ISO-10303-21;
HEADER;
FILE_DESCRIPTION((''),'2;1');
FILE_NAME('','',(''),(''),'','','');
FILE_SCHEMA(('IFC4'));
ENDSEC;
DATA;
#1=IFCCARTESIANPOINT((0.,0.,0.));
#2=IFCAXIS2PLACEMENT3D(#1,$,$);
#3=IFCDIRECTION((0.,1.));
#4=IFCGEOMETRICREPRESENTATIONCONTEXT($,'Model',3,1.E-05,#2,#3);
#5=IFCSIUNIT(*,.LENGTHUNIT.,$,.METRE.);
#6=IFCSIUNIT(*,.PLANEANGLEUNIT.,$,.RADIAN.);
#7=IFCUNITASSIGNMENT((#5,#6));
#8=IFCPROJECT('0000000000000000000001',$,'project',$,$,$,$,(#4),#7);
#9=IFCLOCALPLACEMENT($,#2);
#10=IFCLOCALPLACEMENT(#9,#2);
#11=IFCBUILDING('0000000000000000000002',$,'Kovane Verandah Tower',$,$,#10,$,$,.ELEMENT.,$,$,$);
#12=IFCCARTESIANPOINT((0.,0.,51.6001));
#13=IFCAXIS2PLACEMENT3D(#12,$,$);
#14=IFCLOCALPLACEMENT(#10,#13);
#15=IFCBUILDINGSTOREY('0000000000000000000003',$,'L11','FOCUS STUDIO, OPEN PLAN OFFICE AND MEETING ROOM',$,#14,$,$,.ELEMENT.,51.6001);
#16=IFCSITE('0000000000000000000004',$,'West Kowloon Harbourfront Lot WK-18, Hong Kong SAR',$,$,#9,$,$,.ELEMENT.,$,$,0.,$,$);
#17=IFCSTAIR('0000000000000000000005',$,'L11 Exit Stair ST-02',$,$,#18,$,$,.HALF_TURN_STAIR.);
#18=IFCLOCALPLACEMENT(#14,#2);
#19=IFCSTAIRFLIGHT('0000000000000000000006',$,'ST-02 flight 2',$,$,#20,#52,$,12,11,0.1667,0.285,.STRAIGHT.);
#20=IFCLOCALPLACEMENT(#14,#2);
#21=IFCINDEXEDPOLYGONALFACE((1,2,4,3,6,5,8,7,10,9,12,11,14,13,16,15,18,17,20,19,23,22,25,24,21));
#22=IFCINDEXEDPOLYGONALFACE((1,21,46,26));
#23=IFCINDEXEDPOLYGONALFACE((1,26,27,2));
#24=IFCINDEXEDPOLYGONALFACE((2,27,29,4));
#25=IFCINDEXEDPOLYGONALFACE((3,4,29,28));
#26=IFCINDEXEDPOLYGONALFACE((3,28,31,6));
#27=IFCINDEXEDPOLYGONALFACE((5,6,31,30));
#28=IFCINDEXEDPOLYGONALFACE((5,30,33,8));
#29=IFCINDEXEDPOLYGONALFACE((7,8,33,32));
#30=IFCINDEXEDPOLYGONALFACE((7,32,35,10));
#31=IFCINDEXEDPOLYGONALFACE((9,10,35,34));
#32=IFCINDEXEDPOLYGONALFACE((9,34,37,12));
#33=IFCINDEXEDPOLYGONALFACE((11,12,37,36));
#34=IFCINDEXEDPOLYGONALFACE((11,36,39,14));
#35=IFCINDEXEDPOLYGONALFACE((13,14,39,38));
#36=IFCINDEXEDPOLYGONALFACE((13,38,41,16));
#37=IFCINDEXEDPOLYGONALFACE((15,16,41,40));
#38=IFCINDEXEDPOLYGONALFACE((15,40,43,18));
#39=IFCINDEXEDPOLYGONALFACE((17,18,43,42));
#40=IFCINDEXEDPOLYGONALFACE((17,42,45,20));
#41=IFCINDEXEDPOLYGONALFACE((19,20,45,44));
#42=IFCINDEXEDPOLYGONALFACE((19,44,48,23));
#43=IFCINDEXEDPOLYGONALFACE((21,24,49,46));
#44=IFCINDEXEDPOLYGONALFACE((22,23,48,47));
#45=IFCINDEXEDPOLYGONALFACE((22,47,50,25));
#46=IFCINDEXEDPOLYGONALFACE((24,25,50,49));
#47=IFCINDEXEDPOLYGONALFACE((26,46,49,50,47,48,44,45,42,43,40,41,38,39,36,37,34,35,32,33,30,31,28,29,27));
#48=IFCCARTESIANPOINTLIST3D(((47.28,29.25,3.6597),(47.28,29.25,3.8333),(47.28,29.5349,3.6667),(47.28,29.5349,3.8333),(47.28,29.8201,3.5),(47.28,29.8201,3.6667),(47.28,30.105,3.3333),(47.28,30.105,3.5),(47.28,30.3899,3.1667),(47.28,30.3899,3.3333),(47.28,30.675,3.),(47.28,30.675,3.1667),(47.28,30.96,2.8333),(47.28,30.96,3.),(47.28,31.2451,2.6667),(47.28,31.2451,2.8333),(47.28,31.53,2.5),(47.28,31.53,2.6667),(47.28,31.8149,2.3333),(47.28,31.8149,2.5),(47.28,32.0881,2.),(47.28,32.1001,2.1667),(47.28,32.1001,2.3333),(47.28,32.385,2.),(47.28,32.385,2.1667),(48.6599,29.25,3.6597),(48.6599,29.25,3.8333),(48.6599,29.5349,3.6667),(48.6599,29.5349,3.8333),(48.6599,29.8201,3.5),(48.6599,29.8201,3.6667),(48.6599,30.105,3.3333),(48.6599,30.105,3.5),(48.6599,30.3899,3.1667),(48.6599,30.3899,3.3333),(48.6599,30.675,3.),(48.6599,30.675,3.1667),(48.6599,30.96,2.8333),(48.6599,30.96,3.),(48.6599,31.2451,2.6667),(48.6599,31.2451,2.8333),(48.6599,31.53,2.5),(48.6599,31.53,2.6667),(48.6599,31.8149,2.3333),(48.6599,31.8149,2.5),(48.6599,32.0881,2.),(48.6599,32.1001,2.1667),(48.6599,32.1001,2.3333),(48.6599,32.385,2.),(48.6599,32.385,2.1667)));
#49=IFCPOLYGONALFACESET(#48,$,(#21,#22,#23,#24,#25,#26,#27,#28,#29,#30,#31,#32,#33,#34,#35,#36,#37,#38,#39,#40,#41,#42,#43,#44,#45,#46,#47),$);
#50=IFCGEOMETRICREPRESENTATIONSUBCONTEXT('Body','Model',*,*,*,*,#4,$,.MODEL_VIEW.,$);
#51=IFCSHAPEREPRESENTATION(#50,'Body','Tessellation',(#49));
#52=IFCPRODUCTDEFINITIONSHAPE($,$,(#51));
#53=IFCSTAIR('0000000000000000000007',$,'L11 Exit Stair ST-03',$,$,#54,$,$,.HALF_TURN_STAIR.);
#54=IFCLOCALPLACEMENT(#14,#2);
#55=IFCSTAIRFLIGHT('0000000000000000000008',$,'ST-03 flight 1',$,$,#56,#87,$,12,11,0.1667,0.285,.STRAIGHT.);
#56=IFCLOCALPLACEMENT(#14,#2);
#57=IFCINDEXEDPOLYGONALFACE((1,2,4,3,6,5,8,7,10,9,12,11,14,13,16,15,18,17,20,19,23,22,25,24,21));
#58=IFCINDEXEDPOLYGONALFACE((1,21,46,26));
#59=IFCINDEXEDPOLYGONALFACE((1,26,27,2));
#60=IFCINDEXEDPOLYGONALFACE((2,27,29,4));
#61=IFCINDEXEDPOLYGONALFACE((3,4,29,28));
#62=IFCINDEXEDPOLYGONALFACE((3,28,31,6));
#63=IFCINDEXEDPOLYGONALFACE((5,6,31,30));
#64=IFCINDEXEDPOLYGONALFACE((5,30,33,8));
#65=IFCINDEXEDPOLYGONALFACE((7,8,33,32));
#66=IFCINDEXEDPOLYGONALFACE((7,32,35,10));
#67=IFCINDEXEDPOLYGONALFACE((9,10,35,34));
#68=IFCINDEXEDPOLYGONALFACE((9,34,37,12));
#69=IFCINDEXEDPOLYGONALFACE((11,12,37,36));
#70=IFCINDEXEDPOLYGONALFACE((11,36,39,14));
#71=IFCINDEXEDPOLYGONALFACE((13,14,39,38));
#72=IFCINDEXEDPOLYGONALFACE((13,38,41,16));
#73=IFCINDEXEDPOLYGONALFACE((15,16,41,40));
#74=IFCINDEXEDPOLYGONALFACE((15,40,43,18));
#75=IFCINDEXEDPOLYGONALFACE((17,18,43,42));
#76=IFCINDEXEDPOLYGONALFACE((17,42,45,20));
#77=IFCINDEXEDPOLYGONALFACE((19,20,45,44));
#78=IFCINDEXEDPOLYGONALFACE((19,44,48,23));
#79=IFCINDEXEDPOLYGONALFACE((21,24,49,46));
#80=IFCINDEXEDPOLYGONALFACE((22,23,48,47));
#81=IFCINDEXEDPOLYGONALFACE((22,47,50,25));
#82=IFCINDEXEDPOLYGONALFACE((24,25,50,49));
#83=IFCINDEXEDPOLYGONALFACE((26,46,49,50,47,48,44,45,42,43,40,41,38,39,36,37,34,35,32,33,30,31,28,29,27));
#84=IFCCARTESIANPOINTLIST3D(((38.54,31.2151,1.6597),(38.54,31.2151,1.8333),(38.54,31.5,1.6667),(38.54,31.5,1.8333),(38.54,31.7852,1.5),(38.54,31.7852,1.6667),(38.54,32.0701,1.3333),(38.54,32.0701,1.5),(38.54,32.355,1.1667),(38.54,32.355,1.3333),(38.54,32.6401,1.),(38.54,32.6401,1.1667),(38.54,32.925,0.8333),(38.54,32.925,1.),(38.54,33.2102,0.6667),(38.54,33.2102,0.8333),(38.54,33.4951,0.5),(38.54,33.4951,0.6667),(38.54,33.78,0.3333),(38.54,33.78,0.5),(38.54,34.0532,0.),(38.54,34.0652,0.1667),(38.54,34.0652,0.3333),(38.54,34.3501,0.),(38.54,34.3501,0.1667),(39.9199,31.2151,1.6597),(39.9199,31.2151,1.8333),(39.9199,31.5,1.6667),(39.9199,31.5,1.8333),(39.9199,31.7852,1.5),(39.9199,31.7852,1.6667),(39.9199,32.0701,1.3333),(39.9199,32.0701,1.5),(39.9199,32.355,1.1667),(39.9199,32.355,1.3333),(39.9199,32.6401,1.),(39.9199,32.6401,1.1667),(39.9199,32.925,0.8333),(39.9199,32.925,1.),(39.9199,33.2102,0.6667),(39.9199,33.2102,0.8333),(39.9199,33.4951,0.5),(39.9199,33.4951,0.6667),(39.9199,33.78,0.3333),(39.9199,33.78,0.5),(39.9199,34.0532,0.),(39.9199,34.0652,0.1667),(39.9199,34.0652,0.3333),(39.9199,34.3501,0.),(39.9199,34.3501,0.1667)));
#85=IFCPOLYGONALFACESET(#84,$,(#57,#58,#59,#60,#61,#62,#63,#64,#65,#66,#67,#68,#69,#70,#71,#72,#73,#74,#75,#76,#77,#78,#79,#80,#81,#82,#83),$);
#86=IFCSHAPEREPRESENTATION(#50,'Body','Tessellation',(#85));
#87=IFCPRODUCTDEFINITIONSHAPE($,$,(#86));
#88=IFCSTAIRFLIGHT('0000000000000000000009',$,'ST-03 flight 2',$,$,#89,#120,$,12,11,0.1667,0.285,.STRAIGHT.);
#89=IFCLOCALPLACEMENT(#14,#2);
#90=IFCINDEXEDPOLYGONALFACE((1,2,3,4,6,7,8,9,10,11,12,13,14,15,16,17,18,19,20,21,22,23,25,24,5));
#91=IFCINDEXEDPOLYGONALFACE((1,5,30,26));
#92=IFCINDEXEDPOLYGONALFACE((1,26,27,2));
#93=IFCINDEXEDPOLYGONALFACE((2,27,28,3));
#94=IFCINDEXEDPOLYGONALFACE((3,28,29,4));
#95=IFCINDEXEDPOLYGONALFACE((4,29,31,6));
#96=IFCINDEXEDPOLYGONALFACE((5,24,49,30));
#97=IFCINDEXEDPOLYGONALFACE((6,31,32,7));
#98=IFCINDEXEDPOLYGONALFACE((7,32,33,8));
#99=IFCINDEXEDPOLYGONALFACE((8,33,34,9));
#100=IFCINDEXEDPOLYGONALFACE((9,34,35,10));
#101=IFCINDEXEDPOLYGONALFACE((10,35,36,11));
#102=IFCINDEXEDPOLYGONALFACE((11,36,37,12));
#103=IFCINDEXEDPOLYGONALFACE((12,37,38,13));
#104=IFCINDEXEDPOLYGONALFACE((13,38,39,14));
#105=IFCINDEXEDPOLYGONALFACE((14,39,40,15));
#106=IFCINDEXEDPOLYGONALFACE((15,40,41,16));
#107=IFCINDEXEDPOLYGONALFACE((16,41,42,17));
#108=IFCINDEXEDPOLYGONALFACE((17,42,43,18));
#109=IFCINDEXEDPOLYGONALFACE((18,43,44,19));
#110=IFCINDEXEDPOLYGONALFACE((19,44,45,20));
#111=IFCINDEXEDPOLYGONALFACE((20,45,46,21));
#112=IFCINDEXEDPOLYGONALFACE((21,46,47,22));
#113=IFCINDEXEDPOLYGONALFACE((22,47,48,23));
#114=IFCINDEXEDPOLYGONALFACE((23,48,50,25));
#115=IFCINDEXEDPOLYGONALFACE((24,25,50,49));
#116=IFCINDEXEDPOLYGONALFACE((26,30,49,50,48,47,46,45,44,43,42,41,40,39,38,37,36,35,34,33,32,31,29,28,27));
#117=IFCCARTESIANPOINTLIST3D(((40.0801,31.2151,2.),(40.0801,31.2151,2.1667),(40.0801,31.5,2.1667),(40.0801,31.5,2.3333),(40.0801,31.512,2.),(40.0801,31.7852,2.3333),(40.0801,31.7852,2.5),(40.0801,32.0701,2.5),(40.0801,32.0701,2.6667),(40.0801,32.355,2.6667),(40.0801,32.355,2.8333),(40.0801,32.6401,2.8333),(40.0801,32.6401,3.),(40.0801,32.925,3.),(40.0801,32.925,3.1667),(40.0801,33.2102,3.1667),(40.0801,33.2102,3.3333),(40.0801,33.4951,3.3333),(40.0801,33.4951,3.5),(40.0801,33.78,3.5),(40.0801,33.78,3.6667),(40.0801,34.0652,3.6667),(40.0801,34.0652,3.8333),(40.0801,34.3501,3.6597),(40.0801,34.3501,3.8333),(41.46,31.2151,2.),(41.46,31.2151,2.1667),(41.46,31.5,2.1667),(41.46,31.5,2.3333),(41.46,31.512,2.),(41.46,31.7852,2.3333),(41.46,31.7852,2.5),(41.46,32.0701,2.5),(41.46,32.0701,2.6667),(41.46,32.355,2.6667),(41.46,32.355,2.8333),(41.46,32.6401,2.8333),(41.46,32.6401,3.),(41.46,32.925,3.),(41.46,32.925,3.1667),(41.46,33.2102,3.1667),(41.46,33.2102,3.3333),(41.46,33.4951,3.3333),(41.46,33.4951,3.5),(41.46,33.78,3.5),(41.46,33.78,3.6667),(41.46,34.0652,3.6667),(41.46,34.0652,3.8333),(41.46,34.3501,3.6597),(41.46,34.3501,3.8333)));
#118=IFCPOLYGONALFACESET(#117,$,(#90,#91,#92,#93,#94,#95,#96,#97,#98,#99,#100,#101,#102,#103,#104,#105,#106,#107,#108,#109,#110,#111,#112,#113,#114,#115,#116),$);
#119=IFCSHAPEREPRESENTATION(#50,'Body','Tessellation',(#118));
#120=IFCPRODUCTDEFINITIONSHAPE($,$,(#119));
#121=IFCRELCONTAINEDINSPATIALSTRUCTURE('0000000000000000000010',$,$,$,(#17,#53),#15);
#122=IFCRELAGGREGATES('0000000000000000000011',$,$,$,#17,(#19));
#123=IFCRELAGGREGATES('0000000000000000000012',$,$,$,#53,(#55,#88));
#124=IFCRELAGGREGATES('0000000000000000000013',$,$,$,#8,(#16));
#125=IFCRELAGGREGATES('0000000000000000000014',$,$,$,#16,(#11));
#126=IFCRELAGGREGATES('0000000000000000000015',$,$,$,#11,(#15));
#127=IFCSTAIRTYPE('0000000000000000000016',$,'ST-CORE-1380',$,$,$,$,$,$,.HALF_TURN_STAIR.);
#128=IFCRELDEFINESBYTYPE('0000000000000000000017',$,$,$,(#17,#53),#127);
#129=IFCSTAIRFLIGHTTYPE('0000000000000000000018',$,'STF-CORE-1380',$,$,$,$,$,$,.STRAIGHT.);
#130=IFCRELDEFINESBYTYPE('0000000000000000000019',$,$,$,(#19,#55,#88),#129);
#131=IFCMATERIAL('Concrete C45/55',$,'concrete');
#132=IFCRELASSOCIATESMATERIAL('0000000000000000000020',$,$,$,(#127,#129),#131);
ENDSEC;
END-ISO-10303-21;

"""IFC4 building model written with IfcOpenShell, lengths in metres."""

from ifc_helpers import new_model, si_unit, direction, frame, origin, place, context, subcontext, project, spatial, polyline, outline, extrude, material, type_object, element, aggregate, save


model = new_model("IFC4")

# Units and contexts
model_context = context("Model", 3, precision=1e-05, world=origin(), true_north=direction((0.0, 1.0)))
body_context = subcontext(model_context, "Body", "Model", "MODEL_VIEW")
ifc_project = project(units=[si_unit("LENGTHUNIT", "METRE"), si_unit("PLANEANGLEUNIT", "RADIAN")], contexts=[model_context])

# Site, building, storey
site_placement = place(None, origin())
site = spatial("IfcSite", under=ifc_project, at=site_placement, Name="West Kowloon Harbourfront Lot WK-18, Hong Kong SAR", CompositionType="ELEMENT", RefElevation=0.0)
building_placement = place(site_placement, origin())
building = spatial("IfcBuilding", under=site, at=building_placement, Name="Kovane Verandah Tower", CompositionType="ELEMENT")
storey_placement = place(building_placement, frame((0.0, 0.0, 51.6001)))
storey = spatial("IfcBuildingStorey", under=building, at=storey_placement, Name="L11", Description="FOCUS STUDIO, OPEN PLAN OFFICE AND MEETING ROOM", CompositionType="ELEMENT", Elevation=51.6001)

# Shared definitions
ifc_material_1 = material(Name="Concrete C45/55", Category="concrete")

# Stair, stair flight
stair_type = type_object("IfcStairType", Name="ST-CORE-1380", PredefinedType="HALF_TURN_STAIR", material=ifc_material_1)
stair_1_placement = place(storey_placement, origin())
stair_1 = element("IfcStair", 1, at=stair_1_placement, inside=storey, type_object=stair_type, Name="L11 Exit Stair ST-02", PredefinedType="HALF_TURN_STAIR")
stair_flight_type = type_object("IfcStairFlightType", Name="STF-CORE-1380", PredefinedType="STRAIGHT", material=ifc_material_1)
stair_flight_1_placement = place(storey_placement, frame((47.97, 32.385, 2.0), z_axis=(0.0, 0.0, 1.0), x_axis=(0.0, -1.0, 0.0)))
stair_flight_1 = element("IfcStairFlight", 2, at=stair_flight_1_placement, type_object=stair_flight_type, Name="ST-02 flight 2", NumberOfRisers=12, NumberOfTreads=11, PredefinedType="STRAIGHT", RiserHeight=0.1667, TreadLength=0.285, context=body_context, shape_type="SweptSolid", body=[
    extrude(outline(polyline([(0.0, 0.0), (0.0, 0.1667), (0.2849, 0.1667), (0.2849, 0.3333), (0.5701, 0.3333), (0.5701, 0.5), (0.855, 0.5), (0.855, 0.6667), (1.1399, 0.6667), (1.1399, 0.8333), (1.425, 0.8333), (1.425, 1.0), (1.71, 1.0), (1.71, 1.1667), (1.9951, 1.1667), (1.9951, 1.3333), (2.28, 1.3333), (2.28, 1.5), (2.5649, 1.5), (2.5649, 1.6667), (2.8501, 1.6667), (2.8501, 1.8333), (3.135, 1.8333), (3.135, 2.0), (3.135, 1.6597), (0.2969, 0.0), (0.0, 0.0)])), frame((0.0, 0.6899, 0.0), z_axis=(0.0, -1.0, 0.0), x_axis=(1.0, 0.0, 0.0)), (0.0, 0.0, 1.0), 1.3799),
])
aggregate(stair_1, [stair_flight_1])

# Stair, stair flights
stair_2_placement = place(storey_placement, origin())
stair_2 = element("IfcStair", 3, at=stair_2_placement, inside=storey, type_object=stair_type, Name="L11 Exit Stair ST-03", PredefinedType="HALF_TURN_STAIR")
stair_flight_2_placement = place(storey_placement, frame((39.23, 34.3501, 0.0), z_axis=(0.0, 0.0, 1.0), x_axis=(0.0, -1.0, 0.0)))
stair_flight_2 = element("IfcStairFlight", 4, at=stair_flight_2_placement, type_object=stair_flight_type, Name="ST-03 flight 1", NumberOfRisers=12, NumberOfTreads=11, PredefinedType="STRAIGHT", RiserHeight=0.1667, TreadLength=0.285, context=body_context, shape_type="SweptSolid", body=[
    extrude(outline(polyline([(0.0, 0.0), (0.0, 0.1667), (0.2849, 0.1667), (0.2849, 0.3333), (0.5701, 0.3333), (0.5701, 0.5), (0.855, 0.5), (0.855, 0.6667), (1.1399, 0.6667), (1.1399, 0.8333), (1.425, 0.8333), (1.425, 1.0), (1.71, 1.0), (1.71, 1.1667), (1.9951, 1.1667), (1.9951, 1.3333), (2.28, 1.3333), (2.28, 1.5), (2.5649, 1.5), (2.5649, 1.6667), (2.8501, 1.6667), (2.8501, 1.8333), (3.135, 1.8333), (3.135, 2.0), (3.135, 1.6597), (0.2969, 0.0), (0.0, 0.0)])), frame((0.0, 0.6899, 0.0), z_axis=(0.0, -1.0, 0.0), x_axis=(1.0, 0.0, 0.0)), (0.0, 0.0, 1.0), 1.3799),
])
stair_flight_3_placement = place(storey_placement, frame((40.77, 31.2151, 2.0), z_axis=(0.0, 0.0, 1.0), x_axis=(0.0, 1.0, 0.0)))
stair_flight_3 = element("IfcStairFlight", 5, at=stair_flight_3_placement, type_object=stair_flight_type, Name="ST-03 flight 2", NumberOfRisers=12, NumberOfTreads=11, PredefinedType="STRAIGHT", RiserHeight=0.1667, TreadLength=0.285, context=body_context, shape_type="SweptSolid", body=[
    extrude(outline(polyline([(0.0, 0.0), (0.0, 0.1667), (0.2849, 0.1667), (0.2849, 0.3333), (0.5701, 0.3333), (0.5701, 0.5), (0.855, 0.5), (0.855, 0.6667), (1.1399, 0.6667), (1.1399, 0.8333), (1.425, 0.8333), (1.425, 1.0), (1.71, 1.0), (1.71, 1.1667), (1.9951, 1.1667), (1.9951, 1.3333), (2.28, 1.3333), (2.28, 1.5), (2.5649, 1.5), (2.5649, 1.6667), (2.8501, 1.6667), (2.8501, 1.8333), (3.135, 1.8333), (3.135, 2.0), (3.135, 1.6597), (0.2969, 0.0), (0.0, 0.0)])), frame((0.0, 0.6899, 0.0), z_axis=(0.0, -1.0, 0.0), x_axis=(1.0, 0.0, 0.0)), (0.0, 0.0, 1.0), 1.3799),
])
aggregate(stair_2, [stair_flight_2, stair_flight_3])

save(model, "model.ifc")
